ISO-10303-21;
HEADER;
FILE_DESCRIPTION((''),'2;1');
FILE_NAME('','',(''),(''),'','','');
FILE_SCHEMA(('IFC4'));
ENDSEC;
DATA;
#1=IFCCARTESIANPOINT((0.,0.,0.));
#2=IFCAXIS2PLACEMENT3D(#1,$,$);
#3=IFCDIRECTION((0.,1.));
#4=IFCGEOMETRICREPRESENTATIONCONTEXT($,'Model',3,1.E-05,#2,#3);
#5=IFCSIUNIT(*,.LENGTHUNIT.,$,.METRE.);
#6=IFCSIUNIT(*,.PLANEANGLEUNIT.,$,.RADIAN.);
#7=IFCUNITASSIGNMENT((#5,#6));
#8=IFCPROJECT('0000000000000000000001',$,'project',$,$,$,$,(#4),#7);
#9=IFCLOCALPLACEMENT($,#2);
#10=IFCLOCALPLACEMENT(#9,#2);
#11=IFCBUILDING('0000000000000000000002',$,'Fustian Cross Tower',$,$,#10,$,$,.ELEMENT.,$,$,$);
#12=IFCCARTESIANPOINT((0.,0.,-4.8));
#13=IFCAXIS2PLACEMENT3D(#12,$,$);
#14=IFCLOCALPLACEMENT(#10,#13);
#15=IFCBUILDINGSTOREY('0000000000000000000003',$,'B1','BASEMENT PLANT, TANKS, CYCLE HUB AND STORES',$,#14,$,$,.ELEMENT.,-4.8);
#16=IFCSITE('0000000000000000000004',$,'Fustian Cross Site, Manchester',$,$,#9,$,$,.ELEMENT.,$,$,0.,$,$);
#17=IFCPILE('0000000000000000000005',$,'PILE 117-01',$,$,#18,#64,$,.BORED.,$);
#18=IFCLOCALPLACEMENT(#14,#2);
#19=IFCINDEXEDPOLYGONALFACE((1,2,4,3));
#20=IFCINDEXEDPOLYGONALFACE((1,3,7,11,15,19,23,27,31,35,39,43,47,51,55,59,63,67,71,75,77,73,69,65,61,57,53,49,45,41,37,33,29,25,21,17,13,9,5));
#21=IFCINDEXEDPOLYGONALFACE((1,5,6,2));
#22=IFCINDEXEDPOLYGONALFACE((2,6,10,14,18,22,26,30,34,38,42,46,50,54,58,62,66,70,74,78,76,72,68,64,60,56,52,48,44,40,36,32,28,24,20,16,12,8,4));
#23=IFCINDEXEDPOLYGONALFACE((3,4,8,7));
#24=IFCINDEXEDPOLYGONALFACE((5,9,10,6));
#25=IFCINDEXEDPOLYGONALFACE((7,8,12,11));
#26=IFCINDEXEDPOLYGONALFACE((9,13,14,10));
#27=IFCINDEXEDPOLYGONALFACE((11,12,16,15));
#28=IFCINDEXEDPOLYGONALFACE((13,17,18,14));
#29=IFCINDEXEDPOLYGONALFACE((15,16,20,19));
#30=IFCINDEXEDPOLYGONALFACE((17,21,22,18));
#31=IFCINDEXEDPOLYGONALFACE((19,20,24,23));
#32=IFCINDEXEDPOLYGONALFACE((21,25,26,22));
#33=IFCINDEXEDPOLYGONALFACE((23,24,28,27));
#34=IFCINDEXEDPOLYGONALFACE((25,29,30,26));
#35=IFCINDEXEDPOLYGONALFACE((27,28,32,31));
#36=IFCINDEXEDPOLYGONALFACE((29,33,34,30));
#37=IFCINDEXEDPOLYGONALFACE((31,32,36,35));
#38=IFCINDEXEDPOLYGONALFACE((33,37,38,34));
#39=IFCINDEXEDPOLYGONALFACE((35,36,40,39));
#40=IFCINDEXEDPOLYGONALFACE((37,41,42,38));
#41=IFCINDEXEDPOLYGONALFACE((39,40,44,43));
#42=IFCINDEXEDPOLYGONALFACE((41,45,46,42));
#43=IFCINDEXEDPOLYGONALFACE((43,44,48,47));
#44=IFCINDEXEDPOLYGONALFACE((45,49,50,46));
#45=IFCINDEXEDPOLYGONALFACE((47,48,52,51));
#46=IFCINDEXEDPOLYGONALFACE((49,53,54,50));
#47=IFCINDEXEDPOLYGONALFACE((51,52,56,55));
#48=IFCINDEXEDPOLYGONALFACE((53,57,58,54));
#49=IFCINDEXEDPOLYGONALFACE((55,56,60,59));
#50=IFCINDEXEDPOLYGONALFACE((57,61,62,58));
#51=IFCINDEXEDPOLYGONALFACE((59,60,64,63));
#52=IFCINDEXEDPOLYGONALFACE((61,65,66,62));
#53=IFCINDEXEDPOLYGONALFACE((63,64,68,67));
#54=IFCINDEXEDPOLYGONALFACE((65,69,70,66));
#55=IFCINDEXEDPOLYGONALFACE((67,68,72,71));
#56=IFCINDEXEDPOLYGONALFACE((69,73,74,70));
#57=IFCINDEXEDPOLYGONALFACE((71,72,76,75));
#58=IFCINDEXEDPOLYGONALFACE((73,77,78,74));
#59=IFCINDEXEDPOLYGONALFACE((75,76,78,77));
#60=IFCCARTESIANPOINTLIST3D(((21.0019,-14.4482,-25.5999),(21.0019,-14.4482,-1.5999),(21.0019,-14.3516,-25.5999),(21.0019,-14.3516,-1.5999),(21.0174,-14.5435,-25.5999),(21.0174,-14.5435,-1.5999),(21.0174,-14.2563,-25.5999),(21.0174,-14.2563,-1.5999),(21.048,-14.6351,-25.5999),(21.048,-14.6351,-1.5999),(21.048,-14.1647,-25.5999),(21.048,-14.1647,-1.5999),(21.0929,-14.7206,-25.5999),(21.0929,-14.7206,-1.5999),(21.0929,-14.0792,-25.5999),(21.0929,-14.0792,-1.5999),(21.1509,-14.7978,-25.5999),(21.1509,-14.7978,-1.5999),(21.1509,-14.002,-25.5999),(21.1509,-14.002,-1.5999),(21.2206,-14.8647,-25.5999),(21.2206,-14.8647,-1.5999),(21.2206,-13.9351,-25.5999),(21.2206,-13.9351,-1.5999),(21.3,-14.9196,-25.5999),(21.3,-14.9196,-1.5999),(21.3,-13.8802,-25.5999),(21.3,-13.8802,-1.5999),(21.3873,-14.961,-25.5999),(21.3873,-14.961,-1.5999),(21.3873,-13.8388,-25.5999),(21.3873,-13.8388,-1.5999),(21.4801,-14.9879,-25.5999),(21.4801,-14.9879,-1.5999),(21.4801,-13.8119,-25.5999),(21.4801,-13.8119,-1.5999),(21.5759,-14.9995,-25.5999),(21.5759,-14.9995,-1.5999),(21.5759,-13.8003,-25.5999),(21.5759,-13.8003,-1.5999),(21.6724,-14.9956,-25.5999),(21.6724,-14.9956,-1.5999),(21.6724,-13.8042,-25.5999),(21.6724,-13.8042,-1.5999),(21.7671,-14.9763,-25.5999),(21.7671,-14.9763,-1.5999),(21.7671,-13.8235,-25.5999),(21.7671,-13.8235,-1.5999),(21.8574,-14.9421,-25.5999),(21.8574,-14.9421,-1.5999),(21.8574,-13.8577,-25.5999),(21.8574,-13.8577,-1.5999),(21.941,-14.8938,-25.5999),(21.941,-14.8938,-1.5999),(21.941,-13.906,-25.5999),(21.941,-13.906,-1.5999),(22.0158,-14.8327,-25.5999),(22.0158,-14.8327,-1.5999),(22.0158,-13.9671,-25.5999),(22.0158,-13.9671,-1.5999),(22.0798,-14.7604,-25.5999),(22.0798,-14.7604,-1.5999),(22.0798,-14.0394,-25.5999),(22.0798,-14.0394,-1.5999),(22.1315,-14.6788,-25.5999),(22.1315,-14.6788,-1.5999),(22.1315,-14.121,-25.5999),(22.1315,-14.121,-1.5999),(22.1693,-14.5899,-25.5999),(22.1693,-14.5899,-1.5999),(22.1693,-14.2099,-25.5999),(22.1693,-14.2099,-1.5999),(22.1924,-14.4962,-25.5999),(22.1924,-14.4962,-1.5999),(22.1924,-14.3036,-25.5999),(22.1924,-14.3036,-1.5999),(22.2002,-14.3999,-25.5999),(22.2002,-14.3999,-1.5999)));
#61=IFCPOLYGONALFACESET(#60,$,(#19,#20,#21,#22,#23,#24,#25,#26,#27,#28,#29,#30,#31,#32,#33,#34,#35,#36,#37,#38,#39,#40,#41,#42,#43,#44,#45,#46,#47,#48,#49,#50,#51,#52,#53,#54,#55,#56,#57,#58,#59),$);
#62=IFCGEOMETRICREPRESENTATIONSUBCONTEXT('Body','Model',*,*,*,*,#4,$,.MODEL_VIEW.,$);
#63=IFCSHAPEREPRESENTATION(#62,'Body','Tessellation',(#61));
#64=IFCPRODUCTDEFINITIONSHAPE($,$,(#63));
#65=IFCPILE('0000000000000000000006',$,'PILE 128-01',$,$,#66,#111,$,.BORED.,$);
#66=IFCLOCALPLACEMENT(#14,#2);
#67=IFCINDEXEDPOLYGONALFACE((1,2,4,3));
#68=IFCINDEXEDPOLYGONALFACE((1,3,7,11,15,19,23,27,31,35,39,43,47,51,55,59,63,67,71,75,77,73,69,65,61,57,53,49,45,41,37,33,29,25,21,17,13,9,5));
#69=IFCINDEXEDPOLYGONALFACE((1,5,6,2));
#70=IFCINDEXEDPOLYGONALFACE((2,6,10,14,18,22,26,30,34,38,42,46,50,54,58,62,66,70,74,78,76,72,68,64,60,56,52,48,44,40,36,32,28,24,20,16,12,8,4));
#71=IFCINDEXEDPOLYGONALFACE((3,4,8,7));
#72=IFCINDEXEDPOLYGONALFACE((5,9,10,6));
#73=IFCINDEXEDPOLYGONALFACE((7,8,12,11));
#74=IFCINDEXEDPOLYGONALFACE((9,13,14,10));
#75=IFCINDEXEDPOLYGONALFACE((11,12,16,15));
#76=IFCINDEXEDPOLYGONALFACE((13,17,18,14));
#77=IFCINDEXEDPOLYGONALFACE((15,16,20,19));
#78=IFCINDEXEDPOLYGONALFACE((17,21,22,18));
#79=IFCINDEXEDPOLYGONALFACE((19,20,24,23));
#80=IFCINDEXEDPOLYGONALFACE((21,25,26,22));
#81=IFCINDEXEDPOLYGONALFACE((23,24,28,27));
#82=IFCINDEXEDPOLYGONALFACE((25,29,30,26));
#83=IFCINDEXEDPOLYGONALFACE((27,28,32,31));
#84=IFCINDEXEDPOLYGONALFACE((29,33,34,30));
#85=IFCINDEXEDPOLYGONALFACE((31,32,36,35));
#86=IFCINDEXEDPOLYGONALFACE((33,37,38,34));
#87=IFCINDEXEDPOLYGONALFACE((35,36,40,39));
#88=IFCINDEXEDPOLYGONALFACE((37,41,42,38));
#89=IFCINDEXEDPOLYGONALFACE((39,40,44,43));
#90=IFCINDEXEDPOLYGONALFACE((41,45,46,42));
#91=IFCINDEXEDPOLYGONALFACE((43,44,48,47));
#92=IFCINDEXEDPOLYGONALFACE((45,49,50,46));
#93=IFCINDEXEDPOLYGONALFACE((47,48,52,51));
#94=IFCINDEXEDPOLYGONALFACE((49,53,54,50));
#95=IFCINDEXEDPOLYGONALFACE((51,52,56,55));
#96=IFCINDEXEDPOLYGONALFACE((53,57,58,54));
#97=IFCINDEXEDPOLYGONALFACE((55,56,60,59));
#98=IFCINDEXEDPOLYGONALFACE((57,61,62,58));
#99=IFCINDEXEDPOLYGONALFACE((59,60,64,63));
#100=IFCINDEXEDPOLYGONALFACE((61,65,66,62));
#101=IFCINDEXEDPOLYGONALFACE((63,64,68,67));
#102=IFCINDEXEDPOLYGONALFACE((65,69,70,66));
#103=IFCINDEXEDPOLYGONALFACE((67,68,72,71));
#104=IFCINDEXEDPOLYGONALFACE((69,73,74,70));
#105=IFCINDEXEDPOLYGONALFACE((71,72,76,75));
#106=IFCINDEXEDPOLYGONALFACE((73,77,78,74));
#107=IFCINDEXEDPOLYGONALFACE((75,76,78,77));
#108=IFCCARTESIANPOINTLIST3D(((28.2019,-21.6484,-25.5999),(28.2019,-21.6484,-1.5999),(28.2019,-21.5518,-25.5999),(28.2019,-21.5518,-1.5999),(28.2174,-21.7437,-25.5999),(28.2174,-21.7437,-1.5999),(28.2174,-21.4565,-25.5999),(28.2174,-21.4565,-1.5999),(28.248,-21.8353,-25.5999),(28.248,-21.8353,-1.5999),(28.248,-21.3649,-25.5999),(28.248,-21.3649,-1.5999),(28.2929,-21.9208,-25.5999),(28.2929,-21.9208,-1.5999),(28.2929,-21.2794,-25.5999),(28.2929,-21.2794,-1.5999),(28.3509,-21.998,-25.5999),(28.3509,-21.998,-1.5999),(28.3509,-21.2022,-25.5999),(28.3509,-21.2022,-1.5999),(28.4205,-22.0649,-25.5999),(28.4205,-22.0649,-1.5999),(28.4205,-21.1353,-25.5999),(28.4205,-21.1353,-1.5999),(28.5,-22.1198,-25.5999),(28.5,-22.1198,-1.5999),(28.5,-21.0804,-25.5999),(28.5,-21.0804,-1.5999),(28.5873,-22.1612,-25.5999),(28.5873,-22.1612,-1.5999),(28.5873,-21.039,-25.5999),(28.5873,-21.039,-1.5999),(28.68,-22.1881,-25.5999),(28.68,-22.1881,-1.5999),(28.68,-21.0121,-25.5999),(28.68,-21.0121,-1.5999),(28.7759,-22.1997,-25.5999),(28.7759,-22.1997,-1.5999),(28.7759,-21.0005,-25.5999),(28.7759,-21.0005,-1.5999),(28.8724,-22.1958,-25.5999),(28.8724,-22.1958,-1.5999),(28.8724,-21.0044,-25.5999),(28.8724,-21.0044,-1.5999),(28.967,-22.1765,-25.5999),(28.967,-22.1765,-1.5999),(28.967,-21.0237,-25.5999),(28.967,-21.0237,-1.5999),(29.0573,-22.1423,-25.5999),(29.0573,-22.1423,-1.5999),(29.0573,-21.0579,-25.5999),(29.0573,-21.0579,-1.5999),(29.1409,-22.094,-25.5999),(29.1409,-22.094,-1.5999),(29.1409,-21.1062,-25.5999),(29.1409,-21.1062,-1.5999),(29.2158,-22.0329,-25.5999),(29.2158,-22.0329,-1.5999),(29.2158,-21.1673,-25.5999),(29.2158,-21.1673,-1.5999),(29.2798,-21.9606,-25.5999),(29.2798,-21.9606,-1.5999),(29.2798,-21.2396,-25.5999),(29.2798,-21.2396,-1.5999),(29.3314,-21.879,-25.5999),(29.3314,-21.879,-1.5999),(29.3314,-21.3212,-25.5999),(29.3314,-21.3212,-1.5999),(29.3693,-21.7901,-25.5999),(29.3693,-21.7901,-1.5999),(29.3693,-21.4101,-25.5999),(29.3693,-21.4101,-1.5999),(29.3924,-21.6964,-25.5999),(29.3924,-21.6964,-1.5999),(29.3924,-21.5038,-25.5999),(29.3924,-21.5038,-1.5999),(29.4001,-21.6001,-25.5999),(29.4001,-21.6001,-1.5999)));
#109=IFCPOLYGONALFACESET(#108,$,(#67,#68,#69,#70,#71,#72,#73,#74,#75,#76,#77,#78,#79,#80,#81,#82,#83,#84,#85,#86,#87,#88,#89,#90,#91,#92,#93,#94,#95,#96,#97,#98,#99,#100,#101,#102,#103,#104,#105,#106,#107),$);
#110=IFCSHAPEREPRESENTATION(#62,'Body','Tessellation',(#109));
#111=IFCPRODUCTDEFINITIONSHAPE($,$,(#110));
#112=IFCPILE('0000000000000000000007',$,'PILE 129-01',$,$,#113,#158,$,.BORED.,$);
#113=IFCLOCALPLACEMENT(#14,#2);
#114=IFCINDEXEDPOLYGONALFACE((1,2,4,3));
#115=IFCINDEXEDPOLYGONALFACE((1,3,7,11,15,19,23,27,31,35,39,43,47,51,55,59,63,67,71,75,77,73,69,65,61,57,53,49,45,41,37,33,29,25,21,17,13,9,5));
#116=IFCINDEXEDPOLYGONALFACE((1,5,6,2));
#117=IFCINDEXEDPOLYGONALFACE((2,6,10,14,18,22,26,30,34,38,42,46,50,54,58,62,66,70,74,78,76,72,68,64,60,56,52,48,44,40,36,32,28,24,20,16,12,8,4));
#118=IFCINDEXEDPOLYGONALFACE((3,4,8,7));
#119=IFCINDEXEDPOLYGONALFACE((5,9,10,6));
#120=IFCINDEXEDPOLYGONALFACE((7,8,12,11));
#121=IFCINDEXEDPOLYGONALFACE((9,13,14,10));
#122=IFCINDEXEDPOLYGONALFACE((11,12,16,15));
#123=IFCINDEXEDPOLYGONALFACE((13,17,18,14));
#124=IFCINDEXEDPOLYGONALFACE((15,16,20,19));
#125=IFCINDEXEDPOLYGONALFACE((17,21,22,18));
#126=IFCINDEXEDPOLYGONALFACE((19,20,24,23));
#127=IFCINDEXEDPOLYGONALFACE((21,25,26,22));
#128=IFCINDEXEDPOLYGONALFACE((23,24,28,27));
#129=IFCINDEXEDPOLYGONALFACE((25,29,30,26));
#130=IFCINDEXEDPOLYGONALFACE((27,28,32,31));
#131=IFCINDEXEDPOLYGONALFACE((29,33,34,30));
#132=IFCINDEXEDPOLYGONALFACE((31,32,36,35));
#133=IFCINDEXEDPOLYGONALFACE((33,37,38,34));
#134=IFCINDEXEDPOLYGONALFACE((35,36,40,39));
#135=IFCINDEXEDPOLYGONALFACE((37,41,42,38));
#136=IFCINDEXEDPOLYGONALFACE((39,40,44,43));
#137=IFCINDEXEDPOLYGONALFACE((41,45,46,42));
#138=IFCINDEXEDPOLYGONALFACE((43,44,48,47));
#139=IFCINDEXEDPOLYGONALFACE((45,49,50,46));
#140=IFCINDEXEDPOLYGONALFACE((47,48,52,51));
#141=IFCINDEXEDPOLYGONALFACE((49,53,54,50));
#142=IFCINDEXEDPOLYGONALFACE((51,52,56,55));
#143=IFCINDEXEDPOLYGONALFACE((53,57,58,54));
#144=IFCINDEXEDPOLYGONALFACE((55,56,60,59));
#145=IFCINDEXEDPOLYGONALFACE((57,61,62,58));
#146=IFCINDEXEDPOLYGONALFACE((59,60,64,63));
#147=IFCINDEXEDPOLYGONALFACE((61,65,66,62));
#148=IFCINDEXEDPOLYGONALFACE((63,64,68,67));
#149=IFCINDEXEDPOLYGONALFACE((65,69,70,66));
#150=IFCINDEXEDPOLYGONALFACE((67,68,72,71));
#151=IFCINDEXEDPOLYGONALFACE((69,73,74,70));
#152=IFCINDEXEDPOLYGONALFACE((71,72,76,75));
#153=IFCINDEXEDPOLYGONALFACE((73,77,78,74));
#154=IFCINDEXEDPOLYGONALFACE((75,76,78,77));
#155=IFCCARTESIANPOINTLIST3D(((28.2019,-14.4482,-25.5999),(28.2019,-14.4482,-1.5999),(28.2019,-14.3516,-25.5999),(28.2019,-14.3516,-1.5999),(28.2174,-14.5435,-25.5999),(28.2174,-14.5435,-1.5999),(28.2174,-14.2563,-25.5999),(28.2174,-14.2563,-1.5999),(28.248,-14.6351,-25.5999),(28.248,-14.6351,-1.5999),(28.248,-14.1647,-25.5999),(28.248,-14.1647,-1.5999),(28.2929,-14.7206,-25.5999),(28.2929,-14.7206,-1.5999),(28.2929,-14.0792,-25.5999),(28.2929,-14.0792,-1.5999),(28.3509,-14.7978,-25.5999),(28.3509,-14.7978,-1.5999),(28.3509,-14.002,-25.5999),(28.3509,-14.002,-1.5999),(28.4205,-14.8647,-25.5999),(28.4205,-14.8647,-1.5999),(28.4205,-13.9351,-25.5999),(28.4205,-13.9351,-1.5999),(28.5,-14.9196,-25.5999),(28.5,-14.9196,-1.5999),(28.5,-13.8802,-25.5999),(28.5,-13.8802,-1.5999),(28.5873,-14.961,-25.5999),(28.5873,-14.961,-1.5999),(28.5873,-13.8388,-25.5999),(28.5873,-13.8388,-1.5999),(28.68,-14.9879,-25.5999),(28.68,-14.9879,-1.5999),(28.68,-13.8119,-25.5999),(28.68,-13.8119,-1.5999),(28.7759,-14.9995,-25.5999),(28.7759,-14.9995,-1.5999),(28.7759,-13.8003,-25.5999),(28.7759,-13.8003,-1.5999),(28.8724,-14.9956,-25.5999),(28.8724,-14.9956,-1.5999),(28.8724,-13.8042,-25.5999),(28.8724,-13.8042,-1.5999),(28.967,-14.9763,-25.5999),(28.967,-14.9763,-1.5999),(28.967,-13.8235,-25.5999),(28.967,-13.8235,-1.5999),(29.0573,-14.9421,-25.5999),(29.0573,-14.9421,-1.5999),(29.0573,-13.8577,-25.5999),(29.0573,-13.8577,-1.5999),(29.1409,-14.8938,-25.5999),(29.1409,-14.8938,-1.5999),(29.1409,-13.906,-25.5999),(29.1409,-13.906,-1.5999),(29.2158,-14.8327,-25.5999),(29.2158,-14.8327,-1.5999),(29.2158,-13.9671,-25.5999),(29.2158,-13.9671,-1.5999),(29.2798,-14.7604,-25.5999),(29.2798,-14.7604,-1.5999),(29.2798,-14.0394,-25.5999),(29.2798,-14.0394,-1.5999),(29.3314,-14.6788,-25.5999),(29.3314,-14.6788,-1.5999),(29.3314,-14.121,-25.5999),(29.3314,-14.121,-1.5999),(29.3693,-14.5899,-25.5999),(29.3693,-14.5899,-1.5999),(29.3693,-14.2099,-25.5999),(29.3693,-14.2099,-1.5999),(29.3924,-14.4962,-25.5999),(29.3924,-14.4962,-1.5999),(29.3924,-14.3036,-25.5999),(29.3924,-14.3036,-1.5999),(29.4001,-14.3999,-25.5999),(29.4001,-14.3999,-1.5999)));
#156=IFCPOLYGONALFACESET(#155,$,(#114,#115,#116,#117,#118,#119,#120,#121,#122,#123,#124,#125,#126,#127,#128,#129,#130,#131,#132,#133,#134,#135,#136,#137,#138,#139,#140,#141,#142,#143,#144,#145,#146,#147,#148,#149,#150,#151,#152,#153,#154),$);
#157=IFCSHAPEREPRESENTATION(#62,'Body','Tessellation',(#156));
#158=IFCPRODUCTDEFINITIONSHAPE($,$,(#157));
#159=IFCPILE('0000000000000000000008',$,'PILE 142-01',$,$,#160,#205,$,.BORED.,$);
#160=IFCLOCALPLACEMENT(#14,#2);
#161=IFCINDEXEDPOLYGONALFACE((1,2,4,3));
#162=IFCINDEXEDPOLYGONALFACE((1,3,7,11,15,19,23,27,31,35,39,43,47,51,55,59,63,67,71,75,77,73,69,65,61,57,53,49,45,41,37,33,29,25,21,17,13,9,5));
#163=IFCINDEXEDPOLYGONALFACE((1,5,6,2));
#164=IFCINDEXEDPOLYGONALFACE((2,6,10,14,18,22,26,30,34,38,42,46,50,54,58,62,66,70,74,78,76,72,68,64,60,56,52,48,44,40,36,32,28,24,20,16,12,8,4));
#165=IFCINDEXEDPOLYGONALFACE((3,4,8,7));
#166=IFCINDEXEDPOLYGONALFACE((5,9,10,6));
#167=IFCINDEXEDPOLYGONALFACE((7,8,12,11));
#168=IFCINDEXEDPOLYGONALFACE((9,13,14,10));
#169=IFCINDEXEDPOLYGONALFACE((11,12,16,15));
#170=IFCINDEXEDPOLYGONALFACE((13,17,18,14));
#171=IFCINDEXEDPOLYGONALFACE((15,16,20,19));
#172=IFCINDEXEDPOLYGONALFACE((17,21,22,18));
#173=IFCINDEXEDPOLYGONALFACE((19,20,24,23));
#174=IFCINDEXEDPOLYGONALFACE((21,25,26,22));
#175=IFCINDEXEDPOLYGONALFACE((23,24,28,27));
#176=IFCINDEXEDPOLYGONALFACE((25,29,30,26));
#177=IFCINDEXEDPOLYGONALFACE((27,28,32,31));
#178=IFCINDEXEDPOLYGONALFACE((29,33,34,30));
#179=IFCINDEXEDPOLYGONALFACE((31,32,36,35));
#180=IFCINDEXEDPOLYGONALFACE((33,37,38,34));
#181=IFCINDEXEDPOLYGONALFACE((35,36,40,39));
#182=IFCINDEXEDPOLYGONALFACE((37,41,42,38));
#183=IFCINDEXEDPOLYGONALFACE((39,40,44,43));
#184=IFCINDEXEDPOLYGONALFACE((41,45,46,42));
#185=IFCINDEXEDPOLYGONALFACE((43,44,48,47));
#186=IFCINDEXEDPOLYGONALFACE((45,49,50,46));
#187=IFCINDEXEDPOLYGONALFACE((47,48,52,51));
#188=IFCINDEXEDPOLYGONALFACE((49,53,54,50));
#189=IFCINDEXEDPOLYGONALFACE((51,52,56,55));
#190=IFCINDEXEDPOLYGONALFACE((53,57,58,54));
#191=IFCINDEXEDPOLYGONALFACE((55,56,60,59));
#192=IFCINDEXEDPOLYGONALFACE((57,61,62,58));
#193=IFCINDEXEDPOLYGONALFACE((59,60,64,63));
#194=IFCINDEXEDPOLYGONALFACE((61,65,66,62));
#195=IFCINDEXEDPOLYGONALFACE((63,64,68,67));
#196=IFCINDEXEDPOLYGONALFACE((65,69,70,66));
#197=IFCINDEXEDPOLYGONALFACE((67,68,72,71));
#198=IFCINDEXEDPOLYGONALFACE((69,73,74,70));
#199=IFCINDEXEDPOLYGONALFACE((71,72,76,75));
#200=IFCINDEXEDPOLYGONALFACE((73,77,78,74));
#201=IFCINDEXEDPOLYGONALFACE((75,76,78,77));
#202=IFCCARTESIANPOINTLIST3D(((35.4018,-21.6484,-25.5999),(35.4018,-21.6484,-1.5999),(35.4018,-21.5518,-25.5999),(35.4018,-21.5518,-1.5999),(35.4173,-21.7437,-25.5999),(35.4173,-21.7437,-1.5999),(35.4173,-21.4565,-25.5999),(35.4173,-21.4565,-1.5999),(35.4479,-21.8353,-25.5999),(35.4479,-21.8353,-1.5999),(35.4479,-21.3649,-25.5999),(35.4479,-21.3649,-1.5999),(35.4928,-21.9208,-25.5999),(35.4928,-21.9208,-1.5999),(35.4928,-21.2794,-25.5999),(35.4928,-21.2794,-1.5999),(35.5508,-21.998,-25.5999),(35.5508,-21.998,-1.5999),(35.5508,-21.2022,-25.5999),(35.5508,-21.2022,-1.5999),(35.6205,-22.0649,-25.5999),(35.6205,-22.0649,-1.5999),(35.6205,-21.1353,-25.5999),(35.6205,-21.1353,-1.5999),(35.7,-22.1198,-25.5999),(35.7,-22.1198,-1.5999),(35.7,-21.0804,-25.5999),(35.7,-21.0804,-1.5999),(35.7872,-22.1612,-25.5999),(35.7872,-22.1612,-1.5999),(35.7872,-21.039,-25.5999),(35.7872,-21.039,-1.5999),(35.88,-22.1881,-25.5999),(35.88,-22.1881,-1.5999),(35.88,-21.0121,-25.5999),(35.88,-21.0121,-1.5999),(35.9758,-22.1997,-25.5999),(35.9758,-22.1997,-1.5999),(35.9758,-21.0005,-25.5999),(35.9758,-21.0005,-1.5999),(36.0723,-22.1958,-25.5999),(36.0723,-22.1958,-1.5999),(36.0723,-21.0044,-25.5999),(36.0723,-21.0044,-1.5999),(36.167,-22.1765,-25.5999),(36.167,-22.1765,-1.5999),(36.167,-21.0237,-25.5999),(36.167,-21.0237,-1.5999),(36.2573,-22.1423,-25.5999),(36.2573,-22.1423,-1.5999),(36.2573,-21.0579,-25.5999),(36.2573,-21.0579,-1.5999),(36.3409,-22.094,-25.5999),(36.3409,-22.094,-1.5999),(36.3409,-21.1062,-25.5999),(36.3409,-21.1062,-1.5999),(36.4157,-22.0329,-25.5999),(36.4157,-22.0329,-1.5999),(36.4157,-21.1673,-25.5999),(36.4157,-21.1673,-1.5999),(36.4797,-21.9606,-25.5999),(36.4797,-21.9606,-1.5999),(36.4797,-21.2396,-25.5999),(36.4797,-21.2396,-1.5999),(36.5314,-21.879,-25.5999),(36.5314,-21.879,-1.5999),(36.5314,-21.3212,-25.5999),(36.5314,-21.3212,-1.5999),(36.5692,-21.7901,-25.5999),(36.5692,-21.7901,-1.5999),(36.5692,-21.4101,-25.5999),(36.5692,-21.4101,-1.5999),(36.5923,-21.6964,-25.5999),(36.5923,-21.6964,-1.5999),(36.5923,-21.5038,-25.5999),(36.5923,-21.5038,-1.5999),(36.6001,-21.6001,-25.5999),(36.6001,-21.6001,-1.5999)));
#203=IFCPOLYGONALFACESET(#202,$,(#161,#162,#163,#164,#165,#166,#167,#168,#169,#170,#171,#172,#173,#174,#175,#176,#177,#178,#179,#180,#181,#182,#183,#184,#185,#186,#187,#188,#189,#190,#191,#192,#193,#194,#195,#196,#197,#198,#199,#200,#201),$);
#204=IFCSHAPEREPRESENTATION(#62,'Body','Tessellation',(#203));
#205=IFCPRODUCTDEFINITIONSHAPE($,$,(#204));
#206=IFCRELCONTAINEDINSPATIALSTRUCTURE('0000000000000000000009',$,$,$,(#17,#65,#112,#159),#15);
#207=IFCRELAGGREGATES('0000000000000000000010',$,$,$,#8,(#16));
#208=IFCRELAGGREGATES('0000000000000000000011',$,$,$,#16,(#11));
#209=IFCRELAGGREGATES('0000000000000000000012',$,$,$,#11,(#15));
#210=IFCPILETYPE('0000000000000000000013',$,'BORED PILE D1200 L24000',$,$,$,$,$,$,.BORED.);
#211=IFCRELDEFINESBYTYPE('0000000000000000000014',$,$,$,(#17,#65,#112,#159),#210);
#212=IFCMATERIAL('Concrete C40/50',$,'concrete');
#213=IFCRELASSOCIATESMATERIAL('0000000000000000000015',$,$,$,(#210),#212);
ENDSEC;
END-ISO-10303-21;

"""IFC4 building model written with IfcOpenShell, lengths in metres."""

from ifc_helpers import new_model, si_unit, direction, frame, origin, origin_2d, place, context, subcontext, project, spatial, circle, extrude, material, material_profile, profile_set, type_object, element, save


model = new_model("IFC4")

# Units and contexts
model_context = context("Model", 3, precision=1e-05, world=origin(), true_north=direction((0.0, 1.0)))
body_context = subcontext(model_context, "Body", "Model", "MODEL_VIEW")
ifc_project = project(units=[si_unit("LENGTHUNIT", "METRE"), si_unit("PLANEANGLEUNIT", "RADIAN")], contexts=[model_context])

# Site, building, storey
site_placement = place(None, origin())
site = spatial("IfcSite", under=ifc_project, at=site_placement, Name="Fustian Cross Site, Manchester", CompositionType="ELEMENT", RefElevation=0.0)
building_placement = place(site_placement, origin())
building = spatial("IfcBuilding", under=site, at=building_placement, Name="Fustian Cross Tower", CompositionType="ELEMENT")
storey_placement = place(building_placement, frame((0.0, 0.0, -4.8)))
storey = spatial("IfcBuildingStorey", under=building, at=storey_placement, Name="B1", Description="BASEMENT PLANT, TANKS, CYCLE HUB AND STORES", CompositionType="ELEMENT", Elevation=-4.8)

# Piles
ifc_material_1 = material(Name="Concrete C40/50", Category="concrete")
ifc_material_profile_1 = material_profile(ifc_material_1, circle(Radius=0.6001, at=origin_2d()), Name="BORED PILE D1200 L24000")
ifc_profile_set_1 = profile_set([ifc_material_profile_1], Name="Concrete C40/50")
pile_type_1 = type_object("IfcPileType", Name="BORED PILE D1200 L24000", PredefinedType="BORED", material=ifc_profile_set_1)
for number, where, z_axis, x_axis, name in (
    (1, (21.6001, -14.3999, -1.5999), (0.0, 0.0, -1.0), (1.0, 0.0, 0.0), "PILE 117-01"),
    (2, (28.8, -21.6001, -1.5999), (0.0, 0.0, -1.0), (1.0, 0.0, 0.0), "PILE 128-01"),
    (3, (28.8, -14.3999, -1.5999), (0.0, 0.0, -1.0), (1.0, 0.0, 0.0), "PILE 129-01"),
    (4, (36.0, -21.6001, -1.5999), (0.0, 0.0, -1.0), (1.0, 0.0, 0.0), "PILE 142-01"),
):
    element("IfcPile", number, at=place(storey_placement, frame(where, z_axis=z_axis, x_axis=x_axis)), inside=storey, type_object=pile_type_1, Name=name, PredefinedType="BORED", context=body_context, shape_type="SweptSolid", body=[
        extrude(circle(Radius=0.6001, at=origin_2d()), origin(), (0.0, 0.0, 1.0), 24.0),
    ])

save(model, "model.ifc")
